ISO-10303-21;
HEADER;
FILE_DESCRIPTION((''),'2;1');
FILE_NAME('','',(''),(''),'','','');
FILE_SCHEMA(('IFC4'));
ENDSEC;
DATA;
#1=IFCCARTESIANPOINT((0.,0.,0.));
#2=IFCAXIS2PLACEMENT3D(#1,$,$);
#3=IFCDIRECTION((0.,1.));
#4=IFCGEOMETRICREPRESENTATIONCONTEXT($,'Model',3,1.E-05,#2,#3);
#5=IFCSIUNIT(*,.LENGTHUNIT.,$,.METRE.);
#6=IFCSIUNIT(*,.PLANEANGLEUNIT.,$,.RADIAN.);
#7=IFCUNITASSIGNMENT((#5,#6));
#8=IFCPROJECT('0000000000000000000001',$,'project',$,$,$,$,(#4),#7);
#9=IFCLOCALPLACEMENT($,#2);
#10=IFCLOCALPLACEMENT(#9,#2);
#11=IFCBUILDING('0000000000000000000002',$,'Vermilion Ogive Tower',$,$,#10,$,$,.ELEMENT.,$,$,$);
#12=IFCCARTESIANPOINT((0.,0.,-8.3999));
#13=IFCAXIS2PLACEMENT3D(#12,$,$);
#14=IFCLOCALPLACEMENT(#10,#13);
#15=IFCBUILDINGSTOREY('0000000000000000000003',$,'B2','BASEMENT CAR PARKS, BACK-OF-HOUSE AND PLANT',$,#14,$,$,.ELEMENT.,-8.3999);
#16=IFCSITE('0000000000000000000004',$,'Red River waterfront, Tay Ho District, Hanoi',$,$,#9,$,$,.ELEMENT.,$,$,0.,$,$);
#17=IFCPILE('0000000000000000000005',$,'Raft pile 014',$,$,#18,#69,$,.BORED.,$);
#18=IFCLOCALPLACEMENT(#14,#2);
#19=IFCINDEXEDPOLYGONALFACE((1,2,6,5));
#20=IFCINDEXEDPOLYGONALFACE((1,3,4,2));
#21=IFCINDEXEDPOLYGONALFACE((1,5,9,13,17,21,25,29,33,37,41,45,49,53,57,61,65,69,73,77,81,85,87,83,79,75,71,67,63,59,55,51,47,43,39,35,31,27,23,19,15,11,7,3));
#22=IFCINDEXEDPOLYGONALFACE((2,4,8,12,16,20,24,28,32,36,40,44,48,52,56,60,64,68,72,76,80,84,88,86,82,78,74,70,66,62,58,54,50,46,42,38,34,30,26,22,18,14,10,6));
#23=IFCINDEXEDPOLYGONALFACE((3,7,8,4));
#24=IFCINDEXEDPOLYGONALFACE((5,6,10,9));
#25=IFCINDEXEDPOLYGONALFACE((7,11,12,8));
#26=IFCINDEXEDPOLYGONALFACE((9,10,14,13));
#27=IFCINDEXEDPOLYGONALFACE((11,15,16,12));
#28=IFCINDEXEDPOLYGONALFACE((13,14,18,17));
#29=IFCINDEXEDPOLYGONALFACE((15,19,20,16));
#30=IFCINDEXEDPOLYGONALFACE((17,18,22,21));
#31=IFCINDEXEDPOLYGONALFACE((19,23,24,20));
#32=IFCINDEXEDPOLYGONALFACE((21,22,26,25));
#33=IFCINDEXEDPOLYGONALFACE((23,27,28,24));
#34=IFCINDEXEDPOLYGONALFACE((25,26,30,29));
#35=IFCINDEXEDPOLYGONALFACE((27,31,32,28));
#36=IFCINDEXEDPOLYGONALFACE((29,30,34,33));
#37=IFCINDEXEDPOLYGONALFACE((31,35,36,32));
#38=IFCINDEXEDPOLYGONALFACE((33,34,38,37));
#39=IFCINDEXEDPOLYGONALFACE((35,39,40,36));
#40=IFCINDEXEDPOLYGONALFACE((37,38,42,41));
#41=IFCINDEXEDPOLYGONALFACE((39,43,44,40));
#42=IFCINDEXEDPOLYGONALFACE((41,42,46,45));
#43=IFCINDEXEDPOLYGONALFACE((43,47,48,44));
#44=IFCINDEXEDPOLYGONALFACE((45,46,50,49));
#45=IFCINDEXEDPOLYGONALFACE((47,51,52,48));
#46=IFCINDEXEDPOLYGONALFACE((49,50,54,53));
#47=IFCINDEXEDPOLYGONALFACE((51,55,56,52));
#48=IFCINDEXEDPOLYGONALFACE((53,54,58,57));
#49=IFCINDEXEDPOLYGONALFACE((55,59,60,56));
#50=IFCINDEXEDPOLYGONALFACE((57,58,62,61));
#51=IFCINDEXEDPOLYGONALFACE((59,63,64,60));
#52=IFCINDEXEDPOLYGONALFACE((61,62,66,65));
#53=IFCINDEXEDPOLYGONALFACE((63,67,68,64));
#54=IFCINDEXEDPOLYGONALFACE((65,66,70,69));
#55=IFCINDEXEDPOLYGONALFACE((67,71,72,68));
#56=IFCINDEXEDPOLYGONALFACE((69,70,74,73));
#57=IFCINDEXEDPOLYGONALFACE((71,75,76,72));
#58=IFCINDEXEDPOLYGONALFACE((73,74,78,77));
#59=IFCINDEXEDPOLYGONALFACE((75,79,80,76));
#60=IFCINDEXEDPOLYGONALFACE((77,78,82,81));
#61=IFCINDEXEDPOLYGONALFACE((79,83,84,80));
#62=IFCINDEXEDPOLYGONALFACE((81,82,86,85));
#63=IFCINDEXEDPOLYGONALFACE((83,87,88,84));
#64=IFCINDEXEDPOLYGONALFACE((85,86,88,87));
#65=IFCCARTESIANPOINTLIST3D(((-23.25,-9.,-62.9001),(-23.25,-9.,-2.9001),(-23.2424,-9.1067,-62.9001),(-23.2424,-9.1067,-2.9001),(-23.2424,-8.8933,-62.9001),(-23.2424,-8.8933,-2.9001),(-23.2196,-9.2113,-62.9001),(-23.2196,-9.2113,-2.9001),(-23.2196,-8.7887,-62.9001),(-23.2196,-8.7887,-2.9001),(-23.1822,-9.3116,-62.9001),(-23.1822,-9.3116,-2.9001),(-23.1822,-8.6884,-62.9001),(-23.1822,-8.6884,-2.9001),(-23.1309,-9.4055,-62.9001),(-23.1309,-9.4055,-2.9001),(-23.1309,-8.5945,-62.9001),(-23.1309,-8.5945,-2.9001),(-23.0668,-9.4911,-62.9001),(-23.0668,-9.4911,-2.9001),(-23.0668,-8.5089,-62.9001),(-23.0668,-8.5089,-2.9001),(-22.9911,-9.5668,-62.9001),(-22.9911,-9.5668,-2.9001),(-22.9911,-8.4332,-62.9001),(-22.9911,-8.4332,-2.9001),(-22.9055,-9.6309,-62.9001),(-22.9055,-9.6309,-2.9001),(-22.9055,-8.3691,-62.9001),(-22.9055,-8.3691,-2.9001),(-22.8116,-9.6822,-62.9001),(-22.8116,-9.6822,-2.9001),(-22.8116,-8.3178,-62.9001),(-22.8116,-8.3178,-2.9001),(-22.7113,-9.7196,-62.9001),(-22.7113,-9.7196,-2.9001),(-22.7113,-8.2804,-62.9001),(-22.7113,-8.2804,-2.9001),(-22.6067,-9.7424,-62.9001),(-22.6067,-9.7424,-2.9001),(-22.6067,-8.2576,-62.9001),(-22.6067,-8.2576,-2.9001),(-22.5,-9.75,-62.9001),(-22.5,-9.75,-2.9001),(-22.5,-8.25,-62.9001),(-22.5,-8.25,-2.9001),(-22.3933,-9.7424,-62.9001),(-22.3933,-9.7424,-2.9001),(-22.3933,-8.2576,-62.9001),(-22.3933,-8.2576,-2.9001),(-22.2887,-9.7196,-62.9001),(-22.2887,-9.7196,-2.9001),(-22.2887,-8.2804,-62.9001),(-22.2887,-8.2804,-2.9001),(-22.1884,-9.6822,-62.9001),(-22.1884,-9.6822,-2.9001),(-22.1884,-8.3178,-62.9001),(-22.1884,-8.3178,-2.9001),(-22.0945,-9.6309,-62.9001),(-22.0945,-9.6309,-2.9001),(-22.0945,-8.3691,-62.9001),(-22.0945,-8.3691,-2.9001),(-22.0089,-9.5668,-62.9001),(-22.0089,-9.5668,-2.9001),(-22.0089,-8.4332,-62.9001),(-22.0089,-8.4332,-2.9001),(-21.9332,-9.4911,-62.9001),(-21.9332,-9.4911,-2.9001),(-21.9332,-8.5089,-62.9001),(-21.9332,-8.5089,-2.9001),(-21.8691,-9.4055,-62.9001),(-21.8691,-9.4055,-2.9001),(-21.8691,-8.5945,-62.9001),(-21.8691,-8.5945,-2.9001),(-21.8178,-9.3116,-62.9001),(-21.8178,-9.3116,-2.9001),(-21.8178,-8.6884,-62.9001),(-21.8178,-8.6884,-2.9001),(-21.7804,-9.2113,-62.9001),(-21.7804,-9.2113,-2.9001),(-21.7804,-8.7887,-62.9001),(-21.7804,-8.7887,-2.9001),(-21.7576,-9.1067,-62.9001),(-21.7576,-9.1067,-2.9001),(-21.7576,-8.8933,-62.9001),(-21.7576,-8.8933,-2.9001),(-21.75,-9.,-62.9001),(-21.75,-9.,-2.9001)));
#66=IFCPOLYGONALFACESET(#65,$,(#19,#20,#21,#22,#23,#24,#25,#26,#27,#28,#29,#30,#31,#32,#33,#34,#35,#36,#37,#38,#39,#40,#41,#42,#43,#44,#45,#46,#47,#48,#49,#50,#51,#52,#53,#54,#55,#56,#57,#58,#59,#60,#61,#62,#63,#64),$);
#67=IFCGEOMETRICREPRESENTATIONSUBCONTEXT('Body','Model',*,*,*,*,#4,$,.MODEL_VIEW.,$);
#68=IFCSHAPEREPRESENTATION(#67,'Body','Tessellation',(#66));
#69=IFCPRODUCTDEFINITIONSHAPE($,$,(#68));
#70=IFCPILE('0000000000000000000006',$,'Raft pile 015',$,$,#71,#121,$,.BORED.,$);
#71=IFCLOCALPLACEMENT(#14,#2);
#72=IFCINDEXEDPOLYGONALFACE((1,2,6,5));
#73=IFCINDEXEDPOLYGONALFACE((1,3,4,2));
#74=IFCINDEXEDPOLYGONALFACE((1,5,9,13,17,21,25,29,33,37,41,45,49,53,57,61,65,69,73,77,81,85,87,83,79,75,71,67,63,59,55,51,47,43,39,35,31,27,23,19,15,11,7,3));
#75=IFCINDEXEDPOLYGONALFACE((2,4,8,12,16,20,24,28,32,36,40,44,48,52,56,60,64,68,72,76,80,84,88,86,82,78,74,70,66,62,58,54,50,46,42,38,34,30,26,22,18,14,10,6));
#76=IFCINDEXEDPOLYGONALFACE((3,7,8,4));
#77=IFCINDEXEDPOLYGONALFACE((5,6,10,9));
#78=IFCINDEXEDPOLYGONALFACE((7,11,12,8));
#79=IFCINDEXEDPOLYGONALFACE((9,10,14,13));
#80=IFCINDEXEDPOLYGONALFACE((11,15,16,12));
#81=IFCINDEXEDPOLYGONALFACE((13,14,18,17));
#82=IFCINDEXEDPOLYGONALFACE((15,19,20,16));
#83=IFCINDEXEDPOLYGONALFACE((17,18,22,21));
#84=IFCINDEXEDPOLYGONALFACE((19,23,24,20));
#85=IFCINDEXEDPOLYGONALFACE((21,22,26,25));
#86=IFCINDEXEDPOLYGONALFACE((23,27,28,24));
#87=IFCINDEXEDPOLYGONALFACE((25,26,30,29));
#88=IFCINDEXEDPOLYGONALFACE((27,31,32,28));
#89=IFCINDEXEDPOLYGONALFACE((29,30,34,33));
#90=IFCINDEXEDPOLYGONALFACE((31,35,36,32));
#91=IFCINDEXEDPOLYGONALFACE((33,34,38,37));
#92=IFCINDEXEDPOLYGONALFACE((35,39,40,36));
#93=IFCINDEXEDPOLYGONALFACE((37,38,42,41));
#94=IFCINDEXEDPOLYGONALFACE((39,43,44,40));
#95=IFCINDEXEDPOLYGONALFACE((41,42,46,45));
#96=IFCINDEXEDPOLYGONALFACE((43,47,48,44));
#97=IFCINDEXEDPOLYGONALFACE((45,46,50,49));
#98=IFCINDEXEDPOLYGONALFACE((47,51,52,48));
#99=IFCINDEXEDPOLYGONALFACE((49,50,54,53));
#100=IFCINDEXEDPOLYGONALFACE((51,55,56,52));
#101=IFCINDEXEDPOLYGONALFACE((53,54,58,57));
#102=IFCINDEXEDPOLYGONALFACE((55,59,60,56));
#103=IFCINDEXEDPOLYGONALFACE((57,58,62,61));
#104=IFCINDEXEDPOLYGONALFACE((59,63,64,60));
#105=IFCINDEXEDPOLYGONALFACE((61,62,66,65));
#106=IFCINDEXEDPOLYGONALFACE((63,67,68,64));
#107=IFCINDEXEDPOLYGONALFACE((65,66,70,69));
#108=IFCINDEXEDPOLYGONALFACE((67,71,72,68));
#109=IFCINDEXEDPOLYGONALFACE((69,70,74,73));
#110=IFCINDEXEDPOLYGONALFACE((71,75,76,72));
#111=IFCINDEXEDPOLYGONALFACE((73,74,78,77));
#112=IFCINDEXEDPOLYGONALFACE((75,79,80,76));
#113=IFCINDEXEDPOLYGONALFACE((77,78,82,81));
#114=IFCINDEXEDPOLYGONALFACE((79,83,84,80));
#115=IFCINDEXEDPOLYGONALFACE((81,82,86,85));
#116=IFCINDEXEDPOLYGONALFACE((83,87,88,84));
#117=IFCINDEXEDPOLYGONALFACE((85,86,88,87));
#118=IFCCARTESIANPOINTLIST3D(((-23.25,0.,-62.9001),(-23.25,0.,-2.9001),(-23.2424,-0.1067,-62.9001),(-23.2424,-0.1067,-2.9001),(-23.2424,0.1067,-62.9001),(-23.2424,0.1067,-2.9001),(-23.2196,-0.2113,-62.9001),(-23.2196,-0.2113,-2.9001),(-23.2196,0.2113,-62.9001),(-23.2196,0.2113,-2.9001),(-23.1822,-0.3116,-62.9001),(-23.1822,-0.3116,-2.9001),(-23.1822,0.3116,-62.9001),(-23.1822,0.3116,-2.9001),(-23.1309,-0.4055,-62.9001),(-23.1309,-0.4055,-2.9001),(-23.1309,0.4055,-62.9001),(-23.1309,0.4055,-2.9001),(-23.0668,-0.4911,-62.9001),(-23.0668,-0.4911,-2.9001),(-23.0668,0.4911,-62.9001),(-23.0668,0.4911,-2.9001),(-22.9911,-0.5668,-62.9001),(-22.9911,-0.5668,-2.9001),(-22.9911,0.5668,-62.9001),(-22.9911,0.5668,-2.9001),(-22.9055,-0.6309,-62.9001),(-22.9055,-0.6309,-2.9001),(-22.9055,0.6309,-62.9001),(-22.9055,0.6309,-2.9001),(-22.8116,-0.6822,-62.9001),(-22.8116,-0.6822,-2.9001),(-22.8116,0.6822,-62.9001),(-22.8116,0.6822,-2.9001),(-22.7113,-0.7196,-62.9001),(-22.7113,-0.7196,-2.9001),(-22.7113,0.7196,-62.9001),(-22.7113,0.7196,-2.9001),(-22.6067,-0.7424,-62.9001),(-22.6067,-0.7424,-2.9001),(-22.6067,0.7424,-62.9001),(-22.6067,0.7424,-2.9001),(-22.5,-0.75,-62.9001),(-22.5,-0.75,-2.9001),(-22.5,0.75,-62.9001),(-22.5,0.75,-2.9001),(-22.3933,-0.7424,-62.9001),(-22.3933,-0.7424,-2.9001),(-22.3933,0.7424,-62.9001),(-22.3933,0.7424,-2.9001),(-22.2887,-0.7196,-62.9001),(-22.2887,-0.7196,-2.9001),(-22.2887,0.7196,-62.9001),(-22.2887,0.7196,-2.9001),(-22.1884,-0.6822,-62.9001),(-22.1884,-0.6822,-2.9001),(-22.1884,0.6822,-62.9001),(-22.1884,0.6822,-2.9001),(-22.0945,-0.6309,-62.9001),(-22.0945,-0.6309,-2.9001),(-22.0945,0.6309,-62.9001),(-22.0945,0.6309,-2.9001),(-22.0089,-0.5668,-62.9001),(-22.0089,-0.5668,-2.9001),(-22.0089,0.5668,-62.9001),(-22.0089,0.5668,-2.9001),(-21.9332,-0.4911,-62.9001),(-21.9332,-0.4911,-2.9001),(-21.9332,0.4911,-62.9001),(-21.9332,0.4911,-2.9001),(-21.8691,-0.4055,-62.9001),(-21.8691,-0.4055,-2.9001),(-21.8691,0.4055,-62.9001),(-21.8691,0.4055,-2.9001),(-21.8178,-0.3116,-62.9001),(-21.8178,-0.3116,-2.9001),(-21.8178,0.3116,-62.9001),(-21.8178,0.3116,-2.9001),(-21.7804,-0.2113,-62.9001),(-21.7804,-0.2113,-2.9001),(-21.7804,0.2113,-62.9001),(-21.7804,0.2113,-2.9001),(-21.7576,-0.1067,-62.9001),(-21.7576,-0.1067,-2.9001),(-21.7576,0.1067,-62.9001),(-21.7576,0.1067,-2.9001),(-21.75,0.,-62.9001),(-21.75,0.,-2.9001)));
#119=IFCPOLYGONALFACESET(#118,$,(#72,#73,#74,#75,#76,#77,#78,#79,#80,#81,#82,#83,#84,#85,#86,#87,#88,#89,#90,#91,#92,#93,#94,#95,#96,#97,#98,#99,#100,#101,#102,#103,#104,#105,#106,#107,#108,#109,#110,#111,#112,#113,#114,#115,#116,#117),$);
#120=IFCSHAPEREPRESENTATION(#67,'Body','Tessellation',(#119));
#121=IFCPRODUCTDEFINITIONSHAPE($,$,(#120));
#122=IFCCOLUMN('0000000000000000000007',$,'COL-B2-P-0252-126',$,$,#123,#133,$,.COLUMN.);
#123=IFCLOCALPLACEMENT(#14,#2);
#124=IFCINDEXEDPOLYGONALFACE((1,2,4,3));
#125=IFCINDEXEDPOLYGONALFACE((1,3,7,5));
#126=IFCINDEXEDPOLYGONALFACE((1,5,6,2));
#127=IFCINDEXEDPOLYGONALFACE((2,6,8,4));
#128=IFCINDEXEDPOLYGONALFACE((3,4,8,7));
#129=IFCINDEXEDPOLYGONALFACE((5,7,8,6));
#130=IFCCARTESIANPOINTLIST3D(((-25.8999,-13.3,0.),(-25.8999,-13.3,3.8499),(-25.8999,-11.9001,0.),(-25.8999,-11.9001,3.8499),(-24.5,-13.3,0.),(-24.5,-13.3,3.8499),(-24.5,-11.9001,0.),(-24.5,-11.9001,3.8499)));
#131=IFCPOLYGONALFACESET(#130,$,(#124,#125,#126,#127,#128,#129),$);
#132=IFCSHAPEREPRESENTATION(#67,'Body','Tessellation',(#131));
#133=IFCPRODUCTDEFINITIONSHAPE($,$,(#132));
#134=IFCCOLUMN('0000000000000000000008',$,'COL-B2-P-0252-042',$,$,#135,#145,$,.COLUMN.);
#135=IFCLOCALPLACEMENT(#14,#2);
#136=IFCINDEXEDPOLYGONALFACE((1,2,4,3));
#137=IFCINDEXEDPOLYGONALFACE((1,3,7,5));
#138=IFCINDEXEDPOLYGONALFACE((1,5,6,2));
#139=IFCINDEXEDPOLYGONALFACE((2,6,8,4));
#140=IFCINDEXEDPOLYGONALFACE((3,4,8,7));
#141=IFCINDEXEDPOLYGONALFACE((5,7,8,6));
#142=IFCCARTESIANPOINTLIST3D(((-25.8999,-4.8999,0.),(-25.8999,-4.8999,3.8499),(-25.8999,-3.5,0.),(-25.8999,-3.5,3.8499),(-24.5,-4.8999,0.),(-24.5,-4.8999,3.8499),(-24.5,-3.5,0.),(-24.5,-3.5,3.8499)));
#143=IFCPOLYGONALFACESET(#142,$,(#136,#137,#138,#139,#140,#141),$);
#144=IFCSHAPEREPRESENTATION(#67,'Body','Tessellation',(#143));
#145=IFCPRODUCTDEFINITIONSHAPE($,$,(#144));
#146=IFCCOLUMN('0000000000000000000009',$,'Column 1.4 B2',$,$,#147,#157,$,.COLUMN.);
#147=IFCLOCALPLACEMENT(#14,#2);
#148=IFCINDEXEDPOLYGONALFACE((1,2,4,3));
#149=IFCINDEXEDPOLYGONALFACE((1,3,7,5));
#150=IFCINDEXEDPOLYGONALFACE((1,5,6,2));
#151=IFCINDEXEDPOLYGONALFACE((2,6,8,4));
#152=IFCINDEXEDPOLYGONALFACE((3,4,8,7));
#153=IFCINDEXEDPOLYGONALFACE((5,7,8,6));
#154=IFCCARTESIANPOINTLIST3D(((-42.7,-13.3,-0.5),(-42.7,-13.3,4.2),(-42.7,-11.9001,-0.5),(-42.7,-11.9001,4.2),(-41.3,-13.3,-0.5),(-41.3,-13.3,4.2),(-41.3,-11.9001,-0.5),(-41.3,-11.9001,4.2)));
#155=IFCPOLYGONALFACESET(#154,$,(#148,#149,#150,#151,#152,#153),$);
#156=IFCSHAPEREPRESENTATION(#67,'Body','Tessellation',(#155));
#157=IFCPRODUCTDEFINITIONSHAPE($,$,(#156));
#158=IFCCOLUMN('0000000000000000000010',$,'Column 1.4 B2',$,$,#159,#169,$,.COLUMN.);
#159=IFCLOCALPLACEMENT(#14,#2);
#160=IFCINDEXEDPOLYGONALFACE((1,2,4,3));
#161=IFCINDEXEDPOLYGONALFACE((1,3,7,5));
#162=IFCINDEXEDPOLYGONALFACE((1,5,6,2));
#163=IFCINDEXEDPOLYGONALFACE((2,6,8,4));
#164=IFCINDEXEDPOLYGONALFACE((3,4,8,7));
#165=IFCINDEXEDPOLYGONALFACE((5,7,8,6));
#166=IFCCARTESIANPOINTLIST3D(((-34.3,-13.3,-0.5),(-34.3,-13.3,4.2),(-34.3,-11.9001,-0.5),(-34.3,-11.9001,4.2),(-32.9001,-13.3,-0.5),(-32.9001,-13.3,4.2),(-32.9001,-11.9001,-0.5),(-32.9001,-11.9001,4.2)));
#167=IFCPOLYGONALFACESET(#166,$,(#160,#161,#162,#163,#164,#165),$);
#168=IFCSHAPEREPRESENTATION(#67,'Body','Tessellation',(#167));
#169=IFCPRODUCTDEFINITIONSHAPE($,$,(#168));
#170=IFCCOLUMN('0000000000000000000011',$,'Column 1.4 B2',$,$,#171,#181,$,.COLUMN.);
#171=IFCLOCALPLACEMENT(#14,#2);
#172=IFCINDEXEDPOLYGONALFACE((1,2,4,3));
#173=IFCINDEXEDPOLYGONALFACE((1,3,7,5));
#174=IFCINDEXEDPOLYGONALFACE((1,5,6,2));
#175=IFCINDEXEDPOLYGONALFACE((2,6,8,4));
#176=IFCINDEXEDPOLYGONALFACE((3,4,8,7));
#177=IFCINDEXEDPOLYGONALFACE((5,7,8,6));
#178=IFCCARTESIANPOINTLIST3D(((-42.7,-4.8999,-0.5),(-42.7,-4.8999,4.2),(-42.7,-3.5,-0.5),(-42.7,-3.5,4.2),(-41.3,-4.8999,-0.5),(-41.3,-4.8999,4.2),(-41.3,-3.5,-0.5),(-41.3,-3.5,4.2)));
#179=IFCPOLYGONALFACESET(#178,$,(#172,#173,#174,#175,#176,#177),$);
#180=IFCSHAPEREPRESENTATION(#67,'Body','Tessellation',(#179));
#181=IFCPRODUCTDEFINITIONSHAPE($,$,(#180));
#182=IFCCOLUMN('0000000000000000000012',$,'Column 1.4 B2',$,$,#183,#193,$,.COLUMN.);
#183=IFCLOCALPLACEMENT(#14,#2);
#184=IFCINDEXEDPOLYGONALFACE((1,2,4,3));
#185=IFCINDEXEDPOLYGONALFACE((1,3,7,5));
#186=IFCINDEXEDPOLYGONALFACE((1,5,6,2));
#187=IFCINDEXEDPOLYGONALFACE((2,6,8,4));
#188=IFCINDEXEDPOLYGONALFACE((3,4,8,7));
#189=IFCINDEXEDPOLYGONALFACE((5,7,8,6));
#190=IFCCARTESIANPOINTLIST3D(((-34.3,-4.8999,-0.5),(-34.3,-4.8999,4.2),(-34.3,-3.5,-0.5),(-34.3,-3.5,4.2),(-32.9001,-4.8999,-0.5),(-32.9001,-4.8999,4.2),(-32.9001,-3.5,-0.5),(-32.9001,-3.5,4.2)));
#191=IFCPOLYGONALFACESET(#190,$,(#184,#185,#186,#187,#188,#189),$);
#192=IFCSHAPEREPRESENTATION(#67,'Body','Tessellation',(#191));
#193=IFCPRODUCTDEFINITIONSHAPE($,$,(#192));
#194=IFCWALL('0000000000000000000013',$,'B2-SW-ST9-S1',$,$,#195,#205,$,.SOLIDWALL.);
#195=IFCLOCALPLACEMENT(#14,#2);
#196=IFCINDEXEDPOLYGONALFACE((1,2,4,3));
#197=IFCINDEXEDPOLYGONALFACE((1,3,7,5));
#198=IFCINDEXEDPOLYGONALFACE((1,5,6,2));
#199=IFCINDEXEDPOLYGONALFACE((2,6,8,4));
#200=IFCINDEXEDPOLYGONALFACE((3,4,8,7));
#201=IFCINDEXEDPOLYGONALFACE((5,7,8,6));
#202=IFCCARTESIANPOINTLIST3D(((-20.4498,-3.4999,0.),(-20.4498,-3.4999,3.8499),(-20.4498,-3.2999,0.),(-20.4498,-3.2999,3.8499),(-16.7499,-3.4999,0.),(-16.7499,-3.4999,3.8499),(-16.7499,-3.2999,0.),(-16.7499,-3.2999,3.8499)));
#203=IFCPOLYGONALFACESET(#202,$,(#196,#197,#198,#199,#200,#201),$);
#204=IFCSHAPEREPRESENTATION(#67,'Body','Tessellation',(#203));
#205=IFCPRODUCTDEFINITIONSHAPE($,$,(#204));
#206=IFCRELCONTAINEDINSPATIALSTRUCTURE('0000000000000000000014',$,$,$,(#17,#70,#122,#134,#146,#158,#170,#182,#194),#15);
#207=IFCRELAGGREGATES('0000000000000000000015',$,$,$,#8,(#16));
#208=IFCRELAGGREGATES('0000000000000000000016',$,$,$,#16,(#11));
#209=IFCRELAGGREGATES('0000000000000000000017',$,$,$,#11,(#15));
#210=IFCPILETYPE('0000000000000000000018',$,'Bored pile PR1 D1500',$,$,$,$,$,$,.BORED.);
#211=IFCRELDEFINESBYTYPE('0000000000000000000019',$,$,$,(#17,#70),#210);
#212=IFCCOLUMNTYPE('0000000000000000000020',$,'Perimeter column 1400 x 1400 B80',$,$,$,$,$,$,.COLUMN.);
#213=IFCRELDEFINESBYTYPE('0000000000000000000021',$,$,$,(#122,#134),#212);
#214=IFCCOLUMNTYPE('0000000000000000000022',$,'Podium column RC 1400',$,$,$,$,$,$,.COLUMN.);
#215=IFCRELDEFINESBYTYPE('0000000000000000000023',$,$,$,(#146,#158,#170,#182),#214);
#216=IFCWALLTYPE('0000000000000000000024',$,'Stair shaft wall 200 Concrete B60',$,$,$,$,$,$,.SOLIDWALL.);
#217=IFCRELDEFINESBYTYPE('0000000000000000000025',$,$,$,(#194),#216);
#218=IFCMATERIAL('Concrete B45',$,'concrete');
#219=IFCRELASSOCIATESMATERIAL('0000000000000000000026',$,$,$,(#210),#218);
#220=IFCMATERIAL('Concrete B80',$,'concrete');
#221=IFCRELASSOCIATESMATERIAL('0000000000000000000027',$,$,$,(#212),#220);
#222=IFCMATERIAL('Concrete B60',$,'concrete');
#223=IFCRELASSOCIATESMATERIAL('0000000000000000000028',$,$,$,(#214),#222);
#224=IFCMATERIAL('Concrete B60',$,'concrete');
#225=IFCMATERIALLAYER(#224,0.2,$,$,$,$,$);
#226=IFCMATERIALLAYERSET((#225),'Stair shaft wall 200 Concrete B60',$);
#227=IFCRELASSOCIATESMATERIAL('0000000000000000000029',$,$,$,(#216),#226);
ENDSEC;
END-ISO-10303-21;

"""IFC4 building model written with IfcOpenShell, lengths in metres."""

from ifc_helpers import new_model, si_unit, direction, frame, frame_2d, origin, origin_2d, place, context, subcontext, project, spatial, rectangle, circle, extrude, material, layer, layer_set, material_profile, profile_set, type_object, element, save


model = new_model("IFC4")

# Units and contexts
model_context = context("Model", 3, precision=1e-05, world=origin(), true_north=direction((0.0, 1.0)))
body_context = subcontext(model_context, "Body", "Model", "MODEL_VIEW")
ifc_project = project(units=[si_unit("LENGTHUNIT", "METRE"), si_unit("PLANEANGLEUNIT", "RADIAN")], contexts=[model_context])

# Site, building, storey
site_placement = place(None, origin())
site = spatial("IfcSite", under=ifc_project, at=site_placement, Name="Red River waterfront, Tay Ho District, Hanoi", CompositionType="ELEMENT", RefElevation=0.0)
building_placement = place(site_placement, origin())
building = spatial("IfcBuilding", under=site, at=building_placement, Name="Vermilion Ogive Tower", CompositionType="ELEMENT")
storey_placement = place(building_placement, frame((0.0, 0.0, -8.3999)))
storey = spatial("IfcBuildingStorey", under=building, at=storey_placement, Name="B2", Description="BASEMENT CAR PARKS, BACK-OF-HOUSE AND PLANT", CompositionType="ELEMENT", Elevation=-8.3999)

# Piles
ifc_material_1 = material(Name="Concrete B45", Category="concrete")
pile_type_1 = type_object("IfcPileType", Name="Bored pile PR1 D1500", PredefinedType="BORED", material=ifc_material_1)
for number, where, z_axis, x_axis, name in (
    (1, (-22.5, -9.0, -2.9001), (0.0, 0.0, -1.0), (1.0, 0.0, 0.0), "Raft pile 014"),
    (2, (-22.5, 0.0, -2.9001), (0.0, 0.0, -1.0), (1.0, 0.0, 0.0), "Raft pile 015"),
):
    element("IfcPile", number, at=place(storey_placement, frame(where, z_axis=z_axis, x_axis=x_axis)), inside=storey, type_object=pile_type_1, Name=name, PredefinedType="BORED", context=body_context, shape_type="SweptSolid", body=[
        extrude(circle(Radius=0.75, at=origin_2d()), origin(), (0.0, 0.0, 1.0), 60.0),
    ])

# Columns
ifc_material_2 = material(Name="Concrete B80", Category="concrete")
ifc_material_profile_1 = material_profile(ifc_material_2, rectangle(XDim=1.3999, YDim=1.3999, at=origin_2d()), Name="1400 x 1400")
ifc_profile_set_1 = profile_set([ifc_material_profile_1], Name="Concrete B80")
column_type_1 = type_object("IfcColumnType", Name="Perimeter column 1400 x 1400 B80", PredefinedType="COLUMN", material=ifc_profile_set_1)
for number, where, z_axis, x_axis, name in (
    (3, (-25.2, -12.6001, 0.0), (0.0, 0.0, 1.0), (1.0, 0.0, 0.0), "COL-B2-P-0252-126"),
    (4, (-25.2, -4.2, 0.0), (0.0, 0.0, 1.0), (1.0, 0.0, 0.0), "COL-B2-P-0252-042"),
):
    element("IfcColumn", number, at=place(storey_placement, frame(where, z_axis=z_axis, x_axis=x_axis)), inside=storey, type_object=column_type_1, Name=name, PredefinedType="COLUMN", context=body_context, shape_type="SweptSolid", body=[
        extrude(rectangle(XDim=1.3999, YDim=1.3999, at=origin_2d()), origin(), (0.0, 0.0, 1.0), 3.8499),
    ])
ifc_material_3 = material(Name="Concrete B60", Category="concrete")
ifc_material_profile_2 = material_profile(ifc_material_3, rectangle(XDim=1.3999, YDim=1.3999, at=origin_2d()), Name="RC 1400x1400")
ifc_profile_set_2 = profile_set([ifc_material_profile_2], Name="Concrete B60")
column_type_2 = type_object("IfcColumnType", Name="Podium column RC 1400", PredefinedType="COLUMN", material=ifc_profile_set_2)
for number, where, z_axis, x_axis, name in (
    (5, (-42.0, -12.6001, -0.5), (0.0, 0.0, 1.0), (1.0, 0.0, 0.0), "Column 1.4 B2"),
    (6, (-33.6001, -12.6001, -0.5), (0.0, 0.0, 1.0), (1.0, 0.0, 0.0), "Column 1.4 B2"),
    (7, (-42.0, -4.2, -0.5), (0.0, 0.0, 1.0), (1.0, 0.0, 0.0), "Column 1.4 B2"),
    (8, (-33.6001, -4.2, -0.5), (0.0, 0.0, 1.0), (1.0, 0.0, 0.0), "Column 1.4 B2"),
):
    element("IfcColumn", number, at=place(storey_placement, frame(where, z_axis=z_axis, x_axis=x_axis)), inside=storey, type_object=column_type_2, Name=name, PredefinedType="COLUMN", context=body_context, shape_type="SweptSolid", body=[
        extrude(rectangle(XDim=1.3999, YDim=1.3999, at=origin_2d()), origin(), (0.0, 0.0, 1.0), 4.7),
    ])

# Wall
ifc_material_4 = material(Name="Concrete B60", Category="concrete")
ifc_layer = layer(ifc_material_4, 0.2)
ifc_layer_set = layer_set([ifc_layer], Name="Stair shaft wall 200 Concrete B60")
wall_type = type_object("IfcWallType", Name="Stair shaft wall 200 Concrete B60", PredefinedType="SOLIDWALL", material=ifc_layer_set)
wall_placement = place(storey_placement, frame((-20.45, -3.3999, 0.0), z_axis=(0.0, 0.0, 1.0), x_axis=(1.0, 0.0, 0.0)))
element("IfcWall", 9, at=wall_placement, inside=storey, type_object=wall_type, Name="B2-SW-ST9-S1", PredefinedType="SOLIDWALL", context=body_context, shape_type="SweptSolid", body=[
    extrude(rectangle(XDim=3.7, YDim=0.2, at=frame_2d((1.8501, 0.0))), origin(), (0.0, 0.0, 1.0), 3.8499),
])

save(model, "model.ifc")
